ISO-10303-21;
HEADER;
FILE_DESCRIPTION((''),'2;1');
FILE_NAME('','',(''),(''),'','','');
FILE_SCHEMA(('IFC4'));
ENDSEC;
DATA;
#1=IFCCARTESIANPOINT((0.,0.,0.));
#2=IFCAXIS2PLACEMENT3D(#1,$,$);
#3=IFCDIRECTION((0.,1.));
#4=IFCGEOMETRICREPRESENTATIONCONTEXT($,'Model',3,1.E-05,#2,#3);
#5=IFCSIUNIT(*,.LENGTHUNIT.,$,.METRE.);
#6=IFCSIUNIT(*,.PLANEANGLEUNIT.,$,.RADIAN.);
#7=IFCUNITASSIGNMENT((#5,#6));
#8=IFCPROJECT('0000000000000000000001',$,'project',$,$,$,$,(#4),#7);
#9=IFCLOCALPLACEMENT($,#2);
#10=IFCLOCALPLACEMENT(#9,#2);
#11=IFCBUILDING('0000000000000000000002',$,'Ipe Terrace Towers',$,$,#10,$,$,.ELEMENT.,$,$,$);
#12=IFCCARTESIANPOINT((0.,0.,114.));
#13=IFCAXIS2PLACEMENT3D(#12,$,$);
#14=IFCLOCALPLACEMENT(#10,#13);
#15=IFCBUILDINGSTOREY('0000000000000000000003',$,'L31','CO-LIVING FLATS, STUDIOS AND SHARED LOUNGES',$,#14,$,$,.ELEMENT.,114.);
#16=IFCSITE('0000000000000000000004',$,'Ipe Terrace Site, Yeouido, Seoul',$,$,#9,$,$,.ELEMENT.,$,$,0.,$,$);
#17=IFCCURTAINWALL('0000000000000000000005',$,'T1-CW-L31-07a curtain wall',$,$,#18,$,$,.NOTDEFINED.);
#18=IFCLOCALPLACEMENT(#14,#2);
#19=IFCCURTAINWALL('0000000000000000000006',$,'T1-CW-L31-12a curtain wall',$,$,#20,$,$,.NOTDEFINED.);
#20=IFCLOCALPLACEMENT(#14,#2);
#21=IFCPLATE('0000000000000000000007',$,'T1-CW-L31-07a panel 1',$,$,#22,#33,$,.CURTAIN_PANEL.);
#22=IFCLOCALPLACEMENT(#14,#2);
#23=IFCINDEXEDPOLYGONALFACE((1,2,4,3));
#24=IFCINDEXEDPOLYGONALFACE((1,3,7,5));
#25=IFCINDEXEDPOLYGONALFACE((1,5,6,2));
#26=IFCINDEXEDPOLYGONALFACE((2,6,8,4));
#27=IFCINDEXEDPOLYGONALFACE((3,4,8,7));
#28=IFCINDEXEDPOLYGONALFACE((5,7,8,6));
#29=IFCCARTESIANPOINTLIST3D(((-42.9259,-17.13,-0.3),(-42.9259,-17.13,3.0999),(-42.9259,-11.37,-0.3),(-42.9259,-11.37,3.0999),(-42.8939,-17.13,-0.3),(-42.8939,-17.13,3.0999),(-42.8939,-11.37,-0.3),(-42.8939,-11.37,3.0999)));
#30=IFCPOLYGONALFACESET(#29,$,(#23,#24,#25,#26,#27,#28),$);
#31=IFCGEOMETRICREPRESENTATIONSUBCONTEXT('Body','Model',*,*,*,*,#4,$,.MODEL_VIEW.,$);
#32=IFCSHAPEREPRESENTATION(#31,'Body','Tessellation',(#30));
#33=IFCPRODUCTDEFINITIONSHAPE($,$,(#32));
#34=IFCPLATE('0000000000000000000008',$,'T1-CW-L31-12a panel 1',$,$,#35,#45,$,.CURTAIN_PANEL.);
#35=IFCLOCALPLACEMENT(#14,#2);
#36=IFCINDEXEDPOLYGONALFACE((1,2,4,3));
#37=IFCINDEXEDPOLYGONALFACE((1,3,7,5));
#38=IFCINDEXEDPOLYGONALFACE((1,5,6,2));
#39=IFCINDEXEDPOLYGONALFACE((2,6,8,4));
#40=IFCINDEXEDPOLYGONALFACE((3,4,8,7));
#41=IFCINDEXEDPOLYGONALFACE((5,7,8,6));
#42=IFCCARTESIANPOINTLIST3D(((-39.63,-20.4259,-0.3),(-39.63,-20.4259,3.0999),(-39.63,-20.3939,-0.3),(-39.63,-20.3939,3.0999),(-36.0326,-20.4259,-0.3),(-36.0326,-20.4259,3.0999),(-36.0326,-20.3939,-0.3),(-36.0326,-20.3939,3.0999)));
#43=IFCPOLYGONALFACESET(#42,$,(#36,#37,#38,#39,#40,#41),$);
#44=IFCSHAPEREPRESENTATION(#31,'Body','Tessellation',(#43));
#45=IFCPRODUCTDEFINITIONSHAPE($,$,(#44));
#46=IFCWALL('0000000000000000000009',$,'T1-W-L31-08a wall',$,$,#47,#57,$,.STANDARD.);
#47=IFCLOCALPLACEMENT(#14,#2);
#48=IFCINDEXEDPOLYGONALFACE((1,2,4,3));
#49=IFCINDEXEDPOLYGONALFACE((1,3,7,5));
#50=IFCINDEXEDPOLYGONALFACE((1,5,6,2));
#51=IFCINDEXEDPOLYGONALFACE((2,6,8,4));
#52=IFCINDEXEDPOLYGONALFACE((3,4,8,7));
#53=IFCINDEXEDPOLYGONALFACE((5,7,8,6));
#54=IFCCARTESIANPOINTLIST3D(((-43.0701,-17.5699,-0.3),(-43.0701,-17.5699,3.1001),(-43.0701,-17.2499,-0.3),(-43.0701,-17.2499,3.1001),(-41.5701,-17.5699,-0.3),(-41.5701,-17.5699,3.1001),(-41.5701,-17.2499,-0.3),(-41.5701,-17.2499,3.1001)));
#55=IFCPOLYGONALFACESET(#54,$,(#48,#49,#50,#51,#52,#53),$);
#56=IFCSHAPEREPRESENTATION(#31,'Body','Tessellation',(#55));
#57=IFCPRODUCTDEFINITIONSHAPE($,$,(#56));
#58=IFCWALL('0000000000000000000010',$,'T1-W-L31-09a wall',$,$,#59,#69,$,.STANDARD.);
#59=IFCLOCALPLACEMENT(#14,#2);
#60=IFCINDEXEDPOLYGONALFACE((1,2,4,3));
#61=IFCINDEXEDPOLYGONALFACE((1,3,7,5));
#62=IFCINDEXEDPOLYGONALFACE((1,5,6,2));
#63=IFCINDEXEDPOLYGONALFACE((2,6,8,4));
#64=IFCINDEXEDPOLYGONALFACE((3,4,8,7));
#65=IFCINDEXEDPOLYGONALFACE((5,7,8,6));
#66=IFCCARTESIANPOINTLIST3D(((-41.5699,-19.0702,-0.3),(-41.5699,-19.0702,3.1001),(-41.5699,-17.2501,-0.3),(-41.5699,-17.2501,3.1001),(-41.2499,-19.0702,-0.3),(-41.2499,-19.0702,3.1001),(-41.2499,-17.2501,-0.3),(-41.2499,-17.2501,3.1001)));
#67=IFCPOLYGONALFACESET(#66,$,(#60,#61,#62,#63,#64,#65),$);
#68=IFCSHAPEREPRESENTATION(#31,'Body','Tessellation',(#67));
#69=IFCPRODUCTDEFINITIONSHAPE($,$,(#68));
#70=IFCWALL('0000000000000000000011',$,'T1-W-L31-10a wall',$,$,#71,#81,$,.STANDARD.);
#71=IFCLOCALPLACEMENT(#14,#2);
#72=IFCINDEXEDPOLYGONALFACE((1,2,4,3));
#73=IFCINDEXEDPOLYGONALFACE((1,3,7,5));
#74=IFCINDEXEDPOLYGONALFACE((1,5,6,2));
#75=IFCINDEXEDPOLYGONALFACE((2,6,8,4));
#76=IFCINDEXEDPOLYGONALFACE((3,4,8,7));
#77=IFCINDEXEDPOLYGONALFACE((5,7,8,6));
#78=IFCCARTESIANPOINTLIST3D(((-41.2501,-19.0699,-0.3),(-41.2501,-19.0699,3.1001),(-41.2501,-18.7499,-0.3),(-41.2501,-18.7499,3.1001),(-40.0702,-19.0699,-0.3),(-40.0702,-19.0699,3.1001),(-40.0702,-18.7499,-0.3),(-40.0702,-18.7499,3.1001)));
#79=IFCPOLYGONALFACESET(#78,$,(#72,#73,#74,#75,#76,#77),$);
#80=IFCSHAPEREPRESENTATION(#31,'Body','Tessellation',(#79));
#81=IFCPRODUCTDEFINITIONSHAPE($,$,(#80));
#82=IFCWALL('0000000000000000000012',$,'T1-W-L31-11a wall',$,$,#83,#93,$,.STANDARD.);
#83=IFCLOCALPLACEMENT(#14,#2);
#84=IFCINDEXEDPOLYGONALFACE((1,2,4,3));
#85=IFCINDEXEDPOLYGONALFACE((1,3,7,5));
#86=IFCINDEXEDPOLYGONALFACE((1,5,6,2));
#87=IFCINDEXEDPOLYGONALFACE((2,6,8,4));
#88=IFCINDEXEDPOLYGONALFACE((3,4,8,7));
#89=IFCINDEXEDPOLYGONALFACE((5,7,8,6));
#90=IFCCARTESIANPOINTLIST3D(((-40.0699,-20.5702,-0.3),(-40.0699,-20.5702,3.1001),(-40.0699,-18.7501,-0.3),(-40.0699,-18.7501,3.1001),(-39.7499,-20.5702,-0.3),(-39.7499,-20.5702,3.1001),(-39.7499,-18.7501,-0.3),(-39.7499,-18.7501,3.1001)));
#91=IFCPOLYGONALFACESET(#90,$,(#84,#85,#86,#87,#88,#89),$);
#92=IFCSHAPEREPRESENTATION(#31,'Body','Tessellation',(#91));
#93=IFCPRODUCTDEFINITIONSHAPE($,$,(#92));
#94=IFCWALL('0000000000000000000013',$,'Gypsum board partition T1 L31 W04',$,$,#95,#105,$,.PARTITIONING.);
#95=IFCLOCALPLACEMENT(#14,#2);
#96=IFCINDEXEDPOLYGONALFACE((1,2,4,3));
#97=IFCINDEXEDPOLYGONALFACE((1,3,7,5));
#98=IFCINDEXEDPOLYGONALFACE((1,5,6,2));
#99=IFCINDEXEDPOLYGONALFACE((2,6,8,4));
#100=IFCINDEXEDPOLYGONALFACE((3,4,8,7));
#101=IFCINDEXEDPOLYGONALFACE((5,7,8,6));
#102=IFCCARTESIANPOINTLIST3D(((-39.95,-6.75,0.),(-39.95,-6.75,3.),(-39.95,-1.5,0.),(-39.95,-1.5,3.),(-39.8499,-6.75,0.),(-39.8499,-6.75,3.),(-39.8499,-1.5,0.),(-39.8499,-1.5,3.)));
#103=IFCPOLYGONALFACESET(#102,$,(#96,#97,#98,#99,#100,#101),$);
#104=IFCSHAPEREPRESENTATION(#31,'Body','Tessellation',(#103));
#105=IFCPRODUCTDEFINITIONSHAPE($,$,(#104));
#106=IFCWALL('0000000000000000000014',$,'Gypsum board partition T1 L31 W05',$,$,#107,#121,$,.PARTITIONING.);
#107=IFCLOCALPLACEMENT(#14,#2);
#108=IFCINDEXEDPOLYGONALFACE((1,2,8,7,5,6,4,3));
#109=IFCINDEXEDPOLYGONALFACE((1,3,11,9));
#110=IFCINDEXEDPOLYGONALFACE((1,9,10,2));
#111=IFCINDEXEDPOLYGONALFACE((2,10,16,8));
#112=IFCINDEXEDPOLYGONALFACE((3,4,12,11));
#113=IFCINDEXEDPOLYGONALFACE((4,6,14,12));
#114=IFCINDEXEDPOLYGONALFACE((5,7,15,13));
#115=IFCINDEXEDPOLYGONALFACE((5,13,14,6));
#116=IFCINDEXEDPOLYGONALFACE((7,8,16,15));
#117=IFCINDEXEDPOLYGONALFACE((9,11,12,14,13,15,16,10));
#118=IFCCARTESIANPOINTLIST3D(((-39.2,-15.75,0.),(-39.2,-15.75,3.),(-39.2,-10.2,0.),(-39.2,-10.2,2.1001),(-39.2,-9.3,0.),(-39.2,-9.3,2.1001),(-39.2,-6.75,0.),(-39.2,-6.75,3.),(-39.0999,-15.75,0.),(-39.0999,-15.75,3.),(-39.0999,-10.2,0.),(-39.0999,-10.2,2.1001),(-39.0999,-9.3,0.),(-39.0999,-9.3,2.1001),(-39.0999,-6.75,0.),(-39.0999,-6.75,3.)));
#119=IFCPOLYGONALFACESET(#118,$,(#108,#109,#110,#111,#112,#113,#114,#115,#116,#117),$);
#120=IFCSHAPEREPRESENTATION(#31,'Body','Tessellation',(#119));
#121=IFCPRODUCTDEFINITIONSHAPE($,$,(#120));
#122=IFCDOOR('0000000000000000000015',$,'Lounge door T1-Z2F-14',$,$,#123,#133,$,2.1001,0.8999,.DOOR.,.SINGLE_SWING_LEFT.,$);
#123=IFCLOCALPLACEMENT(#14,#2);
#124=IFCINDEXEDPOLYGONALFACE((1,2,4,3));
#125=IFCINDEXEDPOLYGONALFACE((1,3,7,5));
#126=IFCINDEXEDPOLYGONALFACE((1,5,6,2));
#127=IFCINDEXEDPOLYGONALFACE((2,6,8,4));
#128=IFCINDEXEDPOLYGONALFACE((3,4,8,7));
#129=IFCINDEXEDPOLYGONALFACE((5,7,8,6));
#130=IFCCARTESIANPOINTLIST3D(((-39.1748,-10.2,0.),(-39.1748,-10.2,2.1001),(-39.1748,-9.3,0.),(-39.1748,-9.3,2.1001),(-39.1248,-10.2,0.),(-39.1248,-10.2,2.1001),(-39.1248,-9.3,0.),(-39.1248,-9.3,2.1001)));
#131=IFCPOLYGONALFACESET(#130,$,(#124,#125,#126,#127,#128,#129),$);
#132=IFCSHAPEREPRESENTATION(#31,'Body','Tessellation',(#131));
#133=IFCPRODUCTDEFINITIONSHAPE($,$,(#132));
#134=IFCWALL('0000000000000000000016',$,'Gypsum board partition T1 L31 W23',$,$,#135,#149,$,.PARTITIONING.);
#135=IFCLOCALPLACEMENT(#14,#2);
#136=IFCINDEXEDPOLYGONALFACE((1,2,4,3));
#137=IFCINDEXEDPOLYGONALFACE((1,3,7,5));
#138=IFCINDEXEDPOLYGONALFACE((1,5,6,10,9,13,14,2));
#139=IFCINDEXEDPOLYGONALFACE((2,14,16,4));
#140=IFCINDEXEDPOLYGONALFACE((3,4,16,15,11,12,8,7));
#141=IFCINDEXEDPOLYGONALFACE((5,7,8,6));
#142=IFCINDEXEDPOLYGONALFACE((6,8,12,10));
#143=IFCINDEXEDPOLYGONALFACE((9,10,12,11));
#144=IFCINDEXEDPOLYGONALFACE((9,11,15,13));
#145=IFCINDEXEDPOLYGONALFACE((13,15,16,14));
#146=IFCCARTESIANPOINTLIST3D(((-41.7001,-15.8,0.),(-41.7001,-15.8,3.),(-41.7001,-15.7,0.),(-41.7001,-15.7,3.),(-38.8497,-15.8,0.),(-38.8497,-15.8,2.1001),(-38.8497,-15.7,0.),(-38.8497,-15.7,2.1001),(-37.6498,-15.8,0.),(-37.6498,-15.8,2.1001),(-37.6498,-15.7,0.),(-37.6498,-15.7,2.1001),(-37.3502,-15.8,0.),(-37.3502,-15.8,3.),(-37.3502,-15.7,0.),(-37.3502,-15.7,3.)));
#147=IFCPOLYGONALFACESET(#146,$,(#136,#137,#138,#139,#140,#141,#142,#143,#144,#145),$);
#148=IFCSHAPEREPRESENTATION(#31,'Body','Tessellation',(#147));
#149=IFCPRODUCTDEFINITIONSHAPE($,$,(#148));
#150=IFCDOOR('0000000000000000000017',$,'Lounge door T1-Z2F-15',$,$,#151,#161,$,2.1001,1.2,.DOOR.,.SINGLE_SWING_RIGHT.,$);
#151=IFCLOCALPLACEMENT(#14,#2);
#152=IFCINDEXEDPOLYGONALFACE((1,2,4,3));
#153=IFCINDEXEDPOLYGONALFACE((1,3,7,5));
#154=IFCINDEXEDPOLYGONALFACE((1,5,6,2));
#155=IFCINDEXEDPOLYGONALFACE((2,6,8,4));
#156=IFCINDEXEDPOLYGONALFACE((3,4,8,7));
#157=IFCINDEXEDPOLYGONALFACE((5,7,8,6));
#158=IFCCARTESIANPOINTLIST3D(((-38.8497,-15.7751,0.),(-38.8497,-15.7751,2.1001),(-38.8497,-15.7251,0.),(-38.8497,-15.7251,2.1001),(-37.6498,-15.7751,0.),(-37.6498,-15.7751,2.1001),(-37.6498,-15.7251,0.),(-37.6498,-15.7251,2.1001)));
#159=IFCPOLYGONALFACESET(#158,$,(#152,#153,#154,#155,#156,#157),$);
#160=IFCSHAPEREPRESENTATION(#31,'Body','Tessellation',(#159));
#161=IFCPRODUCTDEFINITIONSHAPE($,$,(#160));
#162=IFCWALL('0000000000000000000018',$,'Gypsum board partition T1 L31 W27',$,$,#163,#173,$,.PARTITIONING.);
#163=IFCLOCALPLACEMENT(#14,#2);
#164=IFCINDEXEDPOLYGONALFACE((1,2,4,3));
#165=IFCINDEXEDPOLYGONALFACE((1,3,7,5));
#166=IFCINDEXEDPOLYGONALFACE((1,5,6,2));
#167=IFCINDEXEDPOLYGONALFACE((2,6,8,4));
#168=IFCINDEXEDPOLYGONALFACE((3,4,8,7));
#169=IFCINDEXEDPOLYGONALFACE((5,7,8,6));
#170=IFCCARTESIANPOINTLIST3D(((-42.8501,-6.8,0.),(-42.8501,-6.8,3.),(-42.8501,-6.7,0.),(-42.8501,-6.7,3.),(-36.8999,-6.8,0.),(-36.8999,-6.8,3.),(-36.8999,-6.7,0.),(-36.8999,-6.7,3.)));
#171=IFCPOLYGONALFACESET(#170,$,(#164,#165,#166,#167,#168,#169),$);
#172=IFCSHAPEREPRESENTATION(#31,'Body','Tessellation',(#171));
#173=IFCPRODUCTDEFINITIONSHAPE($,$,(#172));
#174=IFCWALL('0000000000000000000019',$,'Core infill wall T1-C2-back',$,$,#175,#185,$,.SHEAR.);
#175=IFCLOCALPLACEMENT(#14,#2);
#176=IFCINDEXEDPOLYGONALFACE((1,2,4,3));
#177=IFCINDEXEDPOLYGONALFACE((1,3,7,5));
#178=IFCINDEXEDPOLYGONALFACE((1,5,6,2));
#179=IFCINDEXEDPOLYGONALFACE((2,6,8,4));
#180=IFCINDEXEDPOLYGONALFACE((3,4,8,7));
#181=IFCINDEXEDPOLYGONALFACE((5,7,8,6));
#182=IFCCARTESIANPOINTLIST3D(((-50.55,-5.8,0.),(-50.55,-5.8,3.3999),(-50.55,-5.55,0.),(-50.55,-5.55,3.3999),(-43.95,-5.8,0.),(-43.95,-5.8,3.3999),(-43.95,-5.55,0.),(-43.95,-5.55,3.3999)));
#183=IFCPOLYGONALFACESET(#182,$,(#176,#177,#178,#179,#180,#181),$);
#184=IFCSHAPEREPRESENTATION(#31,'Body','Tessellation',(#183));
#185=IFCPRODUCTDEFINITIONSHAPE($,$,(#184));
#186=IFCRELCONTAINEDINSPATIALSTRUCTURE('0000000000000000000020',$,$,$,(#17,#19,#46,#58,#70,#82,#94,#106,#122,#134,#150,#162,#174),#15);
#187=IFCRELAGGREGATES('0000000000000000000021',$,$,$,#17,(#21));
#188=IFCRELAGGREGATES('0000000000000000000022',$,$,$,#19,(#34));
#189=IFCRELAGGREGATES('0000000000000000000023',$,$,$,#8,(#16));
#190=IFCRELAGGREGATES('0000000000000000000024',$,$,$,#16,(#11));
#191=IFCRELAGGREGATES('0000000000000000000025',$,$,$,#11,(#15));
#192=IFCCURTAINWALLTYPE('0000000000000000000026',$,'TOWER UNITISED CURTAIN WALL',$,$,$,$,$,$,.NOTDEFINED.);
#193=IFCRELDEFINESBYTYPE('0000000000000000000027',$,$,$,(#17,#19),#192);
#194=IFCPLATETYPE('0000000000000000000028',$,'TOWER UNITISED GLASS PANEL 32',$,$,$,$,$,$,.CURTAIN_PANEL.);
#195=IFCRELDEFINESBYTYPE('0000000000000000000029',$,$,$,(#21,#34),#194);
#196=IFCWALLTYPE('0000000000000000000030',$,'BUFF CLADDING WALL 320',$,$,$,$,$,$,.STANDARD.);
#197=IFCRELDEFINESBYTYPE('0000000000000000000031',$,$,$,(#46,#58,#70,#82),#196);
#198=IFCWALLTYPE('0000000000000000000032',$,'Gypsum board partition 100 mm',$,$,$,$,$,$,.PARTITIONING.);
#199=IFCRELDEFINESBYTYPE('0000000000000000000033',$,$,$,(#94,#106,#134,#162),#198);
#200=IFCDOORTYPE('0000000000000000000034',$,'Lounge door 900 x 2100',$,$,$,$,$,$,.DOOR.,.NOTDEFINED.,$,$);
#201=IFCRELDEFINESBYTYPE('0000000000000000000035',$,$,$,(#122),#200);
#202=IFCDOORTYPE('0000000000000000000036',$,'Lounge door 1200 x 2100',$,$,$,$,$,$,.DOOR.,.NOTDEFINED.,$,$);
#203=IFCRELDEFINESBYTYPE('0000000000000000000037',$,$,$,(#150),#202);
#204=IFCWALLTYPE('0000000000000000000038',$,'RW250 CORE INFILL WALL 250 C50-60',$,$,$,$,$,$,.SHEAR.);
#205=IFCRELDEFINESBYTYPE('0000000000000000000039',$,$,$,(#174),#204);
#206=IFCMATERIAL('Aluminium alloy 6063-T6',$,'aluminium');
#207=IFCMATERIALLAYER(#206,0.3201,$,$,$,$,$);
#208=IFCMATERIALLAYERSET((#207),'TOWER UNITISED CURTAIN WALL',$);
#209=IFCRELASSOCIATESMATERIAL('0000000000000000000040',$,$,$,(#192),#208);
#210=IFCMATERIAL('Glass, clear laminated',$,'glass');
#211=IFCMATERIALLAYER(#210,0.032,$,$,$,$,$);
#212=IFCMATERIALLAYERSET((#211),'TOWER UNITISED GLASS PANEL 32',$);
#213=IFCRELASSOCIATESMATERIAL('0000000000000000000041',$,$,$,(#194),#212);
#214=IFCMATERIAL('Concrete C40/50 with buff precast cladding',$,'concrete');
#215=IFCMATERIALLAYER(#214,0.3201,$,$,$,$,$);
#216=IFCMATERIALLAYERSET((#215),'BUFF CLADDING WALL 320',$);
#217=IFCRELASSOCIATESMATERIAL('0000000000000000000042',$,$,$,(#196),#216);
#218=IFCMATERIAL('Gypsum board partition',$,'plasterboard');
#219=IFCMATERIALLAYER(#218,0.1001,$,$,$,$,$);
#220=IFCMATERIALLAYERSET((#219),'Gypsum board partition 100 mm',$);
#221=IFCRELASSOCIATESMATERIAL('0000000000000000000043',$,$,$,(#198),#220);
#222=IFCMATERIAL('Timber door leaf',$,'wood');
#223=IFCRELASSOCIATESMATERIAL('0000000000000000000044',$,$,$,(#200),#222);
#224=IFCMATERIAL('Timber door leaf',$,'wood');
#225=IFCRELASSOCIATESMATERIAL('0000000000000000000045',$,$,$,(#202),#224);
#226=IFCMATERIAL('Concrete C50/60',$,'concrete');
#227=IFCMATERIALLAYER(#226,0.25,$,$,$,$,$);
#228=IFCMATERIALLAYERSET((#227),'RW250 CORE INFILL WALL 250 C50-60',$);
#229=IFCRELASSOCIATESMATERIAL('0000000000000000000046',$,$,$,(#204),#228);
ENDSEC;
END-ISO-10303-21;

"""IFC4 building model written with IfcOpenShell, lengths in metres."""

from ifc_helpers import new_model, si_unit, direction, frame, frame_2d, origin, origin_2d, place, context, subcontext, project, spatial, rectangle, extrude, material, layer, layer_set, type_object, element, fill, aggregate, save


model = new_model("IFC4")

# Units and contexts
model_context = context("Model", 3, precision=1e-05, world=origin(), true_north=direction((0.0, 1.0)))
body_context = subcontext(model_context, "Body", "Model", "MODEL_VIEW")
ifc_project = project(units=[si_unit("LENGTHUNIT", "METRE"), si_unit("PLANEANGLEUNIT", "RADIAN")], contexts=[model_context])

# Site, building, storey
site_placement = place(None, origin())
site = spatial("IfcSite", under=ifc_project, at=site_placement, Name="Ipe Terrace Site, Yeouido, Seoul", CompositionType="ELEMENT", RefElevation=0.0)
building_placement = place(site_placement, origin())
building = spatial("IfcBuilding", under=site, at=building_placement, Name="Ipe Terrace Towers", CompositionType="ELEMENT")
storey_placement = place(building_placement, frame((0.0, 0.0, 114.0)))
storey = spatial("IfcBuildingStorey", under=building, at=storey_placement, Name="L31", Description="CO-LIVING FLATS, STUDIOS AND SHARED LOUNGES", CompositionType="ELEMENT", Elevation=114.0)

# Curtain wall
ifc_material_1 = material(Name="Aluminium alloy 6063-T6", Category="aluminium")
ifc_layer_1 = layer(ifc_material_1, 0.3201)
ifc_layer_set_1 = layer_set([ifc_layer_1], Name="TOWER UNITISED CURTAIN WALL")
curtain_wall_type = type_object("IfcCurtainWallType", Name="TOWER UNITISED CURTAIN WALL", PredefinedType="NOTDEFINED", material=ifc_layer_set_1)
curtain_wall_1_placement = place(storey_placement, origin())
curtain_wall_1 = element("IfcCurtainWall", 1, at=curtain_wall_1_placement, inside=storey, type_object=curtain_wall_type, Name="T1-CW-L31-07a curtain wall", PredefinedType="NOTDEFINED")

# Curtain wall
curtain_wall_2_placement = place(storey_placement, origin())
curtain_wall_2 = element("IfcCurtainWall", 2, at=curtain_wall_2_placement, inside=storey, type_object=curtain_wall_type, Name="T1-CW-L31-12a curtain wall", PredefinedType="NOTDEFINED")

# Plates
ifc_material_2 = material(Name="Glass, clear laminated", Category="glass")
ifc_layer_2 = layer(ifc_material_2, 0.032)
ifc_layer_set_2 = layer_set([ifc_layer_2], Name="TOWER UNITISED GLASS PANEL 32")
plate_type = type_object("IfcPlateType", Name="TOWER UNITISED GLASS PANEL 32", PredefinedType="CURTAIN_PANEL", material=ifc_layer_set_2)
plate_1_placement = place(storey_placement, frame((-42.9099, -14.25, -0.3), z_axis=(0.0, 0.0, 1.0), x_axis=(0.0, -1.0, 0.0)))
plate_1 = element("IfcPlate", 3, at=plate_1_placement, type_object=plate_type, Name="T1-CW-L31-07a panel 1", PredefinedType="CURTAIN_PANEL", context=body_context, shape_type="SweptSolid", body=[
    extrude(rectangle(XDim=5.76, YDim=0.032, at=origin_2d()), origin(), (0.0, 0.0, 1.0), 3.3999),
])
aggregate(curtain_wall_1, [plate_1])
plate_2_placement = place(storey_placement, frame((-37.8313, -20.4099, -0.3), z_axis=(0.0, 0.0, 1.0), x_axis=(1.0, 0.0, 0.0)))
plate_2 = element("IfcPlate", 4, at=plate_2_placement, type_object=plate_type, Name="T1-CW-L31-12a panel 1", PredefinedType="CURTAIN_PANEL", context=body_context, shape_type="SweptSolid", body=[
    extrude(rectangle(XDim=3.5974, YDim=0.032, at=origin_2d()), origin(), (0.0, 0.0, 1.0), 3.3999),
])
aggregate(curtain_wall_2, [plate_2])

# Walls
ifc_material_3 = material(Name="Concrete C40/50 with buff precast cladding", Category="concrete")
ifc_layer_3 = layer(ifc_material_3, 0.3201)
ifc_layer_set_3 = layer_set([ifc_layer_3], Name="BUFF CLADDING WALL 320")
wall_type_1 = type_object("IfcWallType", Name="BUFF CLADDING WALL 320", PredefinedType="STANDARD", material=ifc_layer_set_3)
wall_1_placement = place(storey_placement, frame((-43.0701, -17.4099, -0.3), z_axis=(0.0, 0.0, 1.0), x_axis=(1.0, 0.0, 0.0)))
element("IfcWall", 5, at=wall_1_placement, inside=storey, type_object=wall_type_1, Name="T1-W-L31-08a wall", PredefinedType="STANDARD", context=body_context, shape_type="SweptSolid", body=[
    extrude(rectangle(XDim=1.5, YDim=0.3201, at=frame_2d((0.75, 0.0))), origin(), (0.0, 0.0, 1.0), 3.4001),
])
wall_2_placement = place(storey_placement, frame((-41.4099, -17.25, -0.3), z_axis=(0.0, 0.0, 1.0), x_axis=(0.0, -1.0, 0.0)))
element("IfcWall", 6, at=wall_2_placement, inside=storey, type_object=wall_type_1, Name="T1-W-L31-09a wall", PredefinedType="STANDARD", context=body_context, shape_type="SweptSolid", body=[
    extrude(rectangle(XDim=1.8201, YDim=0.3201, at=frame_2d((0.9102, 0.0))), origin(), (0.0, 0.0, 1.0), 3.4001),
])
wall_3_placement = place(storey_placement, frame((-41.25, -18.9099, -0.3), z_axis=(0.0, 0.0, 1.0), x_axis=(1.0, 0.0, 0.0)))
element("IfcWall", 7, at=wall_3_placement, inside=storey, type_object=wall_type_1, Name="T1-W-L31-10a wall", PredefinedType="STANDARD", context=body_context, shape_type="SweptSolid", body=[
    extrude(rectangle(XDim=1.1799, YDim=0.3201, at=frame_2d((0.5898, 0.0))), origin(), (0.0, 0.0, 1.0), 3.4001),
])
wall_4_placement = place(storey_placement, frame((-39.9099, -18.75, -0.3), z_axis=(0.0, 0.0, 1.0), x_axis=(0.0, -1.0, 0.0)))
element("IfcWall", 8, at=wall_4_placement, inside=storey, type_object=wall_type_1, Name="T1-W-L31-11a wall", PredefinedType="STANDARD", context=body_context, shape_type="SweptSolid", body=[
    extrude(rectangle(XDim=1.8201, YDim=0.3201, at=frame_2d((0.9102, 0.0))), origin(), (0.0, 0.0, 1.0), 3.4001),
])
ifc_material_4 = material(Name="Gypsum board partition", Category="plasterboard")
ifc_layer_4 = layer(ifc_material_4, 0.1001)
ifc_layer_set_4 = layer_set([ifc_layer_4], Name="Gypsum board partition 100 mm")
wall_type_2 = type_object("IfcWallType", Name="Gypsum board partition 100 mm", PredefinedType="PARTITIONING", material=ifc_layer_set_4)
wall_5_placement = place(storey_placement, frame((-39.8999, -6.75, 0.0), z_axis=(0.0, 0.0, 1.0), x_axis=(0.0, 1.0, 0.0)))
element("IfcWall", 9, at=wall_5_placement, inside=storey, type_object=wall_type_2, Name="Gypsum board partition T1 L31 W04", PredefinedType="PARTITIONING", context=body_context, shape_type="SweptSolid", body=[
    extrude(rectangle(XDim=5.25, YDim=0.1001, at=frame_2d((2.625, 0.0))), origin(), (0.0, 0.0, 1.0), 3.0),
])

# Walls, openings, doors
wall_6_placement = place(storey_placement, frame((-39.1499, -15.75, 0.0), z_axis=(0.0, 0.0, 1.0), x_axis=(0.0, 1.0, 0.0)))
wall_6 = element("IfcWall", 10, at=wall_6_placement, inside=storey, type_object=wall_type_2, Name="Gypsum board partition T1 L31 W05", PredefinedType="PARTITIONING", context=body_context, shape_type="SweptSolid", body=[
    extrude(rectangle(XDim=9.0, YDim=0.1001, at=frame_2d((4.5, 0.0))), origin(), (0.0, 0.0, 1.0), 3.0),
])
opening_1_placement = place(wall_6_placement, frame((5.55, 0.0, 0.0)))
opening_1 = element("IfcOpeningElement", 11, at=opening_1_placement, cuts=wall_6, PredefinedType="OPENING", context=body_context, shape_type="SweptSolid", body=[
    extrude(rectangle(XDim=0.8999, YDim=2.1001, at=frame_2d((0.45, 1.05))), frame((0.0, 0.0601, 0.0), z_axis=(0.0, -1.0, 0.0), x_axis=(1.0, 0.0, 0.0)), (0.0, 0.0, 1.0), 0.1201),
])
ifc_material_5 = material(Name="Timber door leaf", Category="wood")
door_type_1 = type_object("IfcDoorType", Name="Lounge door 900 x 2100", OperationType="NOTDEFINED", PredefinedType="DOOR", material=ifc_material_5)
door_1_placement = place(opening_1_placement, origin())
door_1 = element("IfcDoor", 12, at=door_1_placement, inside=storey, type_object=door_type_1, Name="Lounge door T1-Z2F-14", OperationType="SINGLE_SWING_LEFT", OverallHeight=2.1001, OverallWidth=0.8999, PredefinedType="DOOR", context=body_context, shape_type="SweptSolid", body=[
    extrude(rectangle(XDim=0.8999, YDim=2.1001, at=frame_2d((0.45, 1.05))), frame((0.0, 0.0249, 0.0), z_axis=(0.0, -1.0, 0.0), x_axis=(1.0, 0.0, 0.0)), (0.0, 0.0, 1.0), 0.05),
])
fill(opening_1, door_1)
wall_7_placement = place(storey_placement, frame((-41.7, -15.75, 0.0), z_axis=(0.0, 0.0, 1.0), x_axis=(1.0, 0.0, 0.0)))
wall_7 = element("IfcWall", 13, at=wall_7_placement, inside=storey, type_object=wall_type_2, Name="Gypsum board partition T1 L31 W23", PredefinedType="PARTITIONING", context=body_context, shape_type="SweptSolid", body=[
    extrude(rectangle(XDim=4.3499, YDim=0.1001, at=frame_2d((2.1748, 0.0))), origin(), (0.0, 0.0, 1.0), 3.0),
])
opening_2_placement = place(wall_7_placement, frame((2.8501, 0.0, 0.0)))
opening_2 = element("IfcOpeningElement", 14, at=opening_2_placement, cuts=wall_7, PredefinedType="OPENING", context=body_context, shape_type="SweptSolid", body=[
    extrude(rectangle(XDim=1.2, YDim=2.1001, at=frame_2d((0.6001, 1.05))), frame((0.0, 0.0601, 0.0), z_axis=(0.0, -1.0, 0.0), x_axis=(1.0, 0.0, 0.0)), (0.0, 0.0, 1.0), 0.1201),
])
ifc_material_6 = material(Name="Timber door leaf", Category="wood")
door_type_2 = type_object("IfcDoorType", Name="Lounge door 1200 x 2100", OperationType="NOTDEFINED", PredefinedType="DOOR", material=ifc_material_6)
door_2_placement = place(opening_2_placement, origin())
door_2 = element("IfcDoor", 15, at=door_2_placement, inside=storey, type_object=door_type_2, Name="Lounge door T1-Z2F-15", OperationType="SINGLE_SWING_RIGHT", OverallHeight=2.1001, OverallWidth=1.2, PredefinedType="DOOR", context=body_context, shape_type="SweptSolid", body=[
    extrude(rectangle(XDim=1.2, YDim=2.1001, at=frame_2d((0.6001, 1.05))), frame((0.0, 0.0249, 0.0), z_axis=(0.0, -1.0, 0.0), x_axis=(1.0, 0.0, 0.0)), (0.0, 0.0, 1.0), 0.05),
])
fill(opening_2, door_2)

# Walls
wall_8_placement = place(storey_placement, frame((-42.8501, -6.75, 0.0), z_axis=(0.0, 0.0, 1.0), x_axis=(1.0, 0.0, 0.0)))
element("IfcWall", 16, at=wall_8_placement, inside=storey, type_object=wall_type_2, Name="Gypsum board partition T1 L31 W27", PredefinedType="PARTITIONING", context=body_context, shape_type="SweptSolid", body=[
    extrude(rectangle(XDim=5.9502, YDim=0.1001, at=frame_2d((2.9751, 0.0))), origin(), (0.0, 0.0, 1.0), 3.0),
])
ifc_material_7 = material(Name="Concrete C50/60", Category="concrete")
ifc_layer_5 = layer(ifc_material_7, 0.25)
ifc_layer_set_5 = layer_set([ifc_layer_5], Name="RW250 CORE INFILL WALL 250 C50-60")
wall_type_3 = type_object("IfcWallType", Name="RW250 CORE INFILL WALL 250 C50-60", PredefinedType="SHEAR", material=ifc_layer_set_5)
wall_9_placement = place(storey_placement, frame((-43.95, -5.675, 0.0), z_axis=(0.0, 0.0, 1.0), x_axis=(-1.0, 0.0, 0.0)))
element("IfcWall", 17, at=wall_9_placement, inside=storey, type_object=wall_type_3, Name="Core infill wall T1-C2-back", PredefinedType="SHEAR", context=body_context, shape_type="SweptSolid", body=[
    extrude(rectangle(XDim=6.6001, YDim=0.25, at=frame_2d((3.3, 0.0))), origin(), (0.0, 0.0, 1.0), 3.3999),
])

save(model, "model.ifc")
